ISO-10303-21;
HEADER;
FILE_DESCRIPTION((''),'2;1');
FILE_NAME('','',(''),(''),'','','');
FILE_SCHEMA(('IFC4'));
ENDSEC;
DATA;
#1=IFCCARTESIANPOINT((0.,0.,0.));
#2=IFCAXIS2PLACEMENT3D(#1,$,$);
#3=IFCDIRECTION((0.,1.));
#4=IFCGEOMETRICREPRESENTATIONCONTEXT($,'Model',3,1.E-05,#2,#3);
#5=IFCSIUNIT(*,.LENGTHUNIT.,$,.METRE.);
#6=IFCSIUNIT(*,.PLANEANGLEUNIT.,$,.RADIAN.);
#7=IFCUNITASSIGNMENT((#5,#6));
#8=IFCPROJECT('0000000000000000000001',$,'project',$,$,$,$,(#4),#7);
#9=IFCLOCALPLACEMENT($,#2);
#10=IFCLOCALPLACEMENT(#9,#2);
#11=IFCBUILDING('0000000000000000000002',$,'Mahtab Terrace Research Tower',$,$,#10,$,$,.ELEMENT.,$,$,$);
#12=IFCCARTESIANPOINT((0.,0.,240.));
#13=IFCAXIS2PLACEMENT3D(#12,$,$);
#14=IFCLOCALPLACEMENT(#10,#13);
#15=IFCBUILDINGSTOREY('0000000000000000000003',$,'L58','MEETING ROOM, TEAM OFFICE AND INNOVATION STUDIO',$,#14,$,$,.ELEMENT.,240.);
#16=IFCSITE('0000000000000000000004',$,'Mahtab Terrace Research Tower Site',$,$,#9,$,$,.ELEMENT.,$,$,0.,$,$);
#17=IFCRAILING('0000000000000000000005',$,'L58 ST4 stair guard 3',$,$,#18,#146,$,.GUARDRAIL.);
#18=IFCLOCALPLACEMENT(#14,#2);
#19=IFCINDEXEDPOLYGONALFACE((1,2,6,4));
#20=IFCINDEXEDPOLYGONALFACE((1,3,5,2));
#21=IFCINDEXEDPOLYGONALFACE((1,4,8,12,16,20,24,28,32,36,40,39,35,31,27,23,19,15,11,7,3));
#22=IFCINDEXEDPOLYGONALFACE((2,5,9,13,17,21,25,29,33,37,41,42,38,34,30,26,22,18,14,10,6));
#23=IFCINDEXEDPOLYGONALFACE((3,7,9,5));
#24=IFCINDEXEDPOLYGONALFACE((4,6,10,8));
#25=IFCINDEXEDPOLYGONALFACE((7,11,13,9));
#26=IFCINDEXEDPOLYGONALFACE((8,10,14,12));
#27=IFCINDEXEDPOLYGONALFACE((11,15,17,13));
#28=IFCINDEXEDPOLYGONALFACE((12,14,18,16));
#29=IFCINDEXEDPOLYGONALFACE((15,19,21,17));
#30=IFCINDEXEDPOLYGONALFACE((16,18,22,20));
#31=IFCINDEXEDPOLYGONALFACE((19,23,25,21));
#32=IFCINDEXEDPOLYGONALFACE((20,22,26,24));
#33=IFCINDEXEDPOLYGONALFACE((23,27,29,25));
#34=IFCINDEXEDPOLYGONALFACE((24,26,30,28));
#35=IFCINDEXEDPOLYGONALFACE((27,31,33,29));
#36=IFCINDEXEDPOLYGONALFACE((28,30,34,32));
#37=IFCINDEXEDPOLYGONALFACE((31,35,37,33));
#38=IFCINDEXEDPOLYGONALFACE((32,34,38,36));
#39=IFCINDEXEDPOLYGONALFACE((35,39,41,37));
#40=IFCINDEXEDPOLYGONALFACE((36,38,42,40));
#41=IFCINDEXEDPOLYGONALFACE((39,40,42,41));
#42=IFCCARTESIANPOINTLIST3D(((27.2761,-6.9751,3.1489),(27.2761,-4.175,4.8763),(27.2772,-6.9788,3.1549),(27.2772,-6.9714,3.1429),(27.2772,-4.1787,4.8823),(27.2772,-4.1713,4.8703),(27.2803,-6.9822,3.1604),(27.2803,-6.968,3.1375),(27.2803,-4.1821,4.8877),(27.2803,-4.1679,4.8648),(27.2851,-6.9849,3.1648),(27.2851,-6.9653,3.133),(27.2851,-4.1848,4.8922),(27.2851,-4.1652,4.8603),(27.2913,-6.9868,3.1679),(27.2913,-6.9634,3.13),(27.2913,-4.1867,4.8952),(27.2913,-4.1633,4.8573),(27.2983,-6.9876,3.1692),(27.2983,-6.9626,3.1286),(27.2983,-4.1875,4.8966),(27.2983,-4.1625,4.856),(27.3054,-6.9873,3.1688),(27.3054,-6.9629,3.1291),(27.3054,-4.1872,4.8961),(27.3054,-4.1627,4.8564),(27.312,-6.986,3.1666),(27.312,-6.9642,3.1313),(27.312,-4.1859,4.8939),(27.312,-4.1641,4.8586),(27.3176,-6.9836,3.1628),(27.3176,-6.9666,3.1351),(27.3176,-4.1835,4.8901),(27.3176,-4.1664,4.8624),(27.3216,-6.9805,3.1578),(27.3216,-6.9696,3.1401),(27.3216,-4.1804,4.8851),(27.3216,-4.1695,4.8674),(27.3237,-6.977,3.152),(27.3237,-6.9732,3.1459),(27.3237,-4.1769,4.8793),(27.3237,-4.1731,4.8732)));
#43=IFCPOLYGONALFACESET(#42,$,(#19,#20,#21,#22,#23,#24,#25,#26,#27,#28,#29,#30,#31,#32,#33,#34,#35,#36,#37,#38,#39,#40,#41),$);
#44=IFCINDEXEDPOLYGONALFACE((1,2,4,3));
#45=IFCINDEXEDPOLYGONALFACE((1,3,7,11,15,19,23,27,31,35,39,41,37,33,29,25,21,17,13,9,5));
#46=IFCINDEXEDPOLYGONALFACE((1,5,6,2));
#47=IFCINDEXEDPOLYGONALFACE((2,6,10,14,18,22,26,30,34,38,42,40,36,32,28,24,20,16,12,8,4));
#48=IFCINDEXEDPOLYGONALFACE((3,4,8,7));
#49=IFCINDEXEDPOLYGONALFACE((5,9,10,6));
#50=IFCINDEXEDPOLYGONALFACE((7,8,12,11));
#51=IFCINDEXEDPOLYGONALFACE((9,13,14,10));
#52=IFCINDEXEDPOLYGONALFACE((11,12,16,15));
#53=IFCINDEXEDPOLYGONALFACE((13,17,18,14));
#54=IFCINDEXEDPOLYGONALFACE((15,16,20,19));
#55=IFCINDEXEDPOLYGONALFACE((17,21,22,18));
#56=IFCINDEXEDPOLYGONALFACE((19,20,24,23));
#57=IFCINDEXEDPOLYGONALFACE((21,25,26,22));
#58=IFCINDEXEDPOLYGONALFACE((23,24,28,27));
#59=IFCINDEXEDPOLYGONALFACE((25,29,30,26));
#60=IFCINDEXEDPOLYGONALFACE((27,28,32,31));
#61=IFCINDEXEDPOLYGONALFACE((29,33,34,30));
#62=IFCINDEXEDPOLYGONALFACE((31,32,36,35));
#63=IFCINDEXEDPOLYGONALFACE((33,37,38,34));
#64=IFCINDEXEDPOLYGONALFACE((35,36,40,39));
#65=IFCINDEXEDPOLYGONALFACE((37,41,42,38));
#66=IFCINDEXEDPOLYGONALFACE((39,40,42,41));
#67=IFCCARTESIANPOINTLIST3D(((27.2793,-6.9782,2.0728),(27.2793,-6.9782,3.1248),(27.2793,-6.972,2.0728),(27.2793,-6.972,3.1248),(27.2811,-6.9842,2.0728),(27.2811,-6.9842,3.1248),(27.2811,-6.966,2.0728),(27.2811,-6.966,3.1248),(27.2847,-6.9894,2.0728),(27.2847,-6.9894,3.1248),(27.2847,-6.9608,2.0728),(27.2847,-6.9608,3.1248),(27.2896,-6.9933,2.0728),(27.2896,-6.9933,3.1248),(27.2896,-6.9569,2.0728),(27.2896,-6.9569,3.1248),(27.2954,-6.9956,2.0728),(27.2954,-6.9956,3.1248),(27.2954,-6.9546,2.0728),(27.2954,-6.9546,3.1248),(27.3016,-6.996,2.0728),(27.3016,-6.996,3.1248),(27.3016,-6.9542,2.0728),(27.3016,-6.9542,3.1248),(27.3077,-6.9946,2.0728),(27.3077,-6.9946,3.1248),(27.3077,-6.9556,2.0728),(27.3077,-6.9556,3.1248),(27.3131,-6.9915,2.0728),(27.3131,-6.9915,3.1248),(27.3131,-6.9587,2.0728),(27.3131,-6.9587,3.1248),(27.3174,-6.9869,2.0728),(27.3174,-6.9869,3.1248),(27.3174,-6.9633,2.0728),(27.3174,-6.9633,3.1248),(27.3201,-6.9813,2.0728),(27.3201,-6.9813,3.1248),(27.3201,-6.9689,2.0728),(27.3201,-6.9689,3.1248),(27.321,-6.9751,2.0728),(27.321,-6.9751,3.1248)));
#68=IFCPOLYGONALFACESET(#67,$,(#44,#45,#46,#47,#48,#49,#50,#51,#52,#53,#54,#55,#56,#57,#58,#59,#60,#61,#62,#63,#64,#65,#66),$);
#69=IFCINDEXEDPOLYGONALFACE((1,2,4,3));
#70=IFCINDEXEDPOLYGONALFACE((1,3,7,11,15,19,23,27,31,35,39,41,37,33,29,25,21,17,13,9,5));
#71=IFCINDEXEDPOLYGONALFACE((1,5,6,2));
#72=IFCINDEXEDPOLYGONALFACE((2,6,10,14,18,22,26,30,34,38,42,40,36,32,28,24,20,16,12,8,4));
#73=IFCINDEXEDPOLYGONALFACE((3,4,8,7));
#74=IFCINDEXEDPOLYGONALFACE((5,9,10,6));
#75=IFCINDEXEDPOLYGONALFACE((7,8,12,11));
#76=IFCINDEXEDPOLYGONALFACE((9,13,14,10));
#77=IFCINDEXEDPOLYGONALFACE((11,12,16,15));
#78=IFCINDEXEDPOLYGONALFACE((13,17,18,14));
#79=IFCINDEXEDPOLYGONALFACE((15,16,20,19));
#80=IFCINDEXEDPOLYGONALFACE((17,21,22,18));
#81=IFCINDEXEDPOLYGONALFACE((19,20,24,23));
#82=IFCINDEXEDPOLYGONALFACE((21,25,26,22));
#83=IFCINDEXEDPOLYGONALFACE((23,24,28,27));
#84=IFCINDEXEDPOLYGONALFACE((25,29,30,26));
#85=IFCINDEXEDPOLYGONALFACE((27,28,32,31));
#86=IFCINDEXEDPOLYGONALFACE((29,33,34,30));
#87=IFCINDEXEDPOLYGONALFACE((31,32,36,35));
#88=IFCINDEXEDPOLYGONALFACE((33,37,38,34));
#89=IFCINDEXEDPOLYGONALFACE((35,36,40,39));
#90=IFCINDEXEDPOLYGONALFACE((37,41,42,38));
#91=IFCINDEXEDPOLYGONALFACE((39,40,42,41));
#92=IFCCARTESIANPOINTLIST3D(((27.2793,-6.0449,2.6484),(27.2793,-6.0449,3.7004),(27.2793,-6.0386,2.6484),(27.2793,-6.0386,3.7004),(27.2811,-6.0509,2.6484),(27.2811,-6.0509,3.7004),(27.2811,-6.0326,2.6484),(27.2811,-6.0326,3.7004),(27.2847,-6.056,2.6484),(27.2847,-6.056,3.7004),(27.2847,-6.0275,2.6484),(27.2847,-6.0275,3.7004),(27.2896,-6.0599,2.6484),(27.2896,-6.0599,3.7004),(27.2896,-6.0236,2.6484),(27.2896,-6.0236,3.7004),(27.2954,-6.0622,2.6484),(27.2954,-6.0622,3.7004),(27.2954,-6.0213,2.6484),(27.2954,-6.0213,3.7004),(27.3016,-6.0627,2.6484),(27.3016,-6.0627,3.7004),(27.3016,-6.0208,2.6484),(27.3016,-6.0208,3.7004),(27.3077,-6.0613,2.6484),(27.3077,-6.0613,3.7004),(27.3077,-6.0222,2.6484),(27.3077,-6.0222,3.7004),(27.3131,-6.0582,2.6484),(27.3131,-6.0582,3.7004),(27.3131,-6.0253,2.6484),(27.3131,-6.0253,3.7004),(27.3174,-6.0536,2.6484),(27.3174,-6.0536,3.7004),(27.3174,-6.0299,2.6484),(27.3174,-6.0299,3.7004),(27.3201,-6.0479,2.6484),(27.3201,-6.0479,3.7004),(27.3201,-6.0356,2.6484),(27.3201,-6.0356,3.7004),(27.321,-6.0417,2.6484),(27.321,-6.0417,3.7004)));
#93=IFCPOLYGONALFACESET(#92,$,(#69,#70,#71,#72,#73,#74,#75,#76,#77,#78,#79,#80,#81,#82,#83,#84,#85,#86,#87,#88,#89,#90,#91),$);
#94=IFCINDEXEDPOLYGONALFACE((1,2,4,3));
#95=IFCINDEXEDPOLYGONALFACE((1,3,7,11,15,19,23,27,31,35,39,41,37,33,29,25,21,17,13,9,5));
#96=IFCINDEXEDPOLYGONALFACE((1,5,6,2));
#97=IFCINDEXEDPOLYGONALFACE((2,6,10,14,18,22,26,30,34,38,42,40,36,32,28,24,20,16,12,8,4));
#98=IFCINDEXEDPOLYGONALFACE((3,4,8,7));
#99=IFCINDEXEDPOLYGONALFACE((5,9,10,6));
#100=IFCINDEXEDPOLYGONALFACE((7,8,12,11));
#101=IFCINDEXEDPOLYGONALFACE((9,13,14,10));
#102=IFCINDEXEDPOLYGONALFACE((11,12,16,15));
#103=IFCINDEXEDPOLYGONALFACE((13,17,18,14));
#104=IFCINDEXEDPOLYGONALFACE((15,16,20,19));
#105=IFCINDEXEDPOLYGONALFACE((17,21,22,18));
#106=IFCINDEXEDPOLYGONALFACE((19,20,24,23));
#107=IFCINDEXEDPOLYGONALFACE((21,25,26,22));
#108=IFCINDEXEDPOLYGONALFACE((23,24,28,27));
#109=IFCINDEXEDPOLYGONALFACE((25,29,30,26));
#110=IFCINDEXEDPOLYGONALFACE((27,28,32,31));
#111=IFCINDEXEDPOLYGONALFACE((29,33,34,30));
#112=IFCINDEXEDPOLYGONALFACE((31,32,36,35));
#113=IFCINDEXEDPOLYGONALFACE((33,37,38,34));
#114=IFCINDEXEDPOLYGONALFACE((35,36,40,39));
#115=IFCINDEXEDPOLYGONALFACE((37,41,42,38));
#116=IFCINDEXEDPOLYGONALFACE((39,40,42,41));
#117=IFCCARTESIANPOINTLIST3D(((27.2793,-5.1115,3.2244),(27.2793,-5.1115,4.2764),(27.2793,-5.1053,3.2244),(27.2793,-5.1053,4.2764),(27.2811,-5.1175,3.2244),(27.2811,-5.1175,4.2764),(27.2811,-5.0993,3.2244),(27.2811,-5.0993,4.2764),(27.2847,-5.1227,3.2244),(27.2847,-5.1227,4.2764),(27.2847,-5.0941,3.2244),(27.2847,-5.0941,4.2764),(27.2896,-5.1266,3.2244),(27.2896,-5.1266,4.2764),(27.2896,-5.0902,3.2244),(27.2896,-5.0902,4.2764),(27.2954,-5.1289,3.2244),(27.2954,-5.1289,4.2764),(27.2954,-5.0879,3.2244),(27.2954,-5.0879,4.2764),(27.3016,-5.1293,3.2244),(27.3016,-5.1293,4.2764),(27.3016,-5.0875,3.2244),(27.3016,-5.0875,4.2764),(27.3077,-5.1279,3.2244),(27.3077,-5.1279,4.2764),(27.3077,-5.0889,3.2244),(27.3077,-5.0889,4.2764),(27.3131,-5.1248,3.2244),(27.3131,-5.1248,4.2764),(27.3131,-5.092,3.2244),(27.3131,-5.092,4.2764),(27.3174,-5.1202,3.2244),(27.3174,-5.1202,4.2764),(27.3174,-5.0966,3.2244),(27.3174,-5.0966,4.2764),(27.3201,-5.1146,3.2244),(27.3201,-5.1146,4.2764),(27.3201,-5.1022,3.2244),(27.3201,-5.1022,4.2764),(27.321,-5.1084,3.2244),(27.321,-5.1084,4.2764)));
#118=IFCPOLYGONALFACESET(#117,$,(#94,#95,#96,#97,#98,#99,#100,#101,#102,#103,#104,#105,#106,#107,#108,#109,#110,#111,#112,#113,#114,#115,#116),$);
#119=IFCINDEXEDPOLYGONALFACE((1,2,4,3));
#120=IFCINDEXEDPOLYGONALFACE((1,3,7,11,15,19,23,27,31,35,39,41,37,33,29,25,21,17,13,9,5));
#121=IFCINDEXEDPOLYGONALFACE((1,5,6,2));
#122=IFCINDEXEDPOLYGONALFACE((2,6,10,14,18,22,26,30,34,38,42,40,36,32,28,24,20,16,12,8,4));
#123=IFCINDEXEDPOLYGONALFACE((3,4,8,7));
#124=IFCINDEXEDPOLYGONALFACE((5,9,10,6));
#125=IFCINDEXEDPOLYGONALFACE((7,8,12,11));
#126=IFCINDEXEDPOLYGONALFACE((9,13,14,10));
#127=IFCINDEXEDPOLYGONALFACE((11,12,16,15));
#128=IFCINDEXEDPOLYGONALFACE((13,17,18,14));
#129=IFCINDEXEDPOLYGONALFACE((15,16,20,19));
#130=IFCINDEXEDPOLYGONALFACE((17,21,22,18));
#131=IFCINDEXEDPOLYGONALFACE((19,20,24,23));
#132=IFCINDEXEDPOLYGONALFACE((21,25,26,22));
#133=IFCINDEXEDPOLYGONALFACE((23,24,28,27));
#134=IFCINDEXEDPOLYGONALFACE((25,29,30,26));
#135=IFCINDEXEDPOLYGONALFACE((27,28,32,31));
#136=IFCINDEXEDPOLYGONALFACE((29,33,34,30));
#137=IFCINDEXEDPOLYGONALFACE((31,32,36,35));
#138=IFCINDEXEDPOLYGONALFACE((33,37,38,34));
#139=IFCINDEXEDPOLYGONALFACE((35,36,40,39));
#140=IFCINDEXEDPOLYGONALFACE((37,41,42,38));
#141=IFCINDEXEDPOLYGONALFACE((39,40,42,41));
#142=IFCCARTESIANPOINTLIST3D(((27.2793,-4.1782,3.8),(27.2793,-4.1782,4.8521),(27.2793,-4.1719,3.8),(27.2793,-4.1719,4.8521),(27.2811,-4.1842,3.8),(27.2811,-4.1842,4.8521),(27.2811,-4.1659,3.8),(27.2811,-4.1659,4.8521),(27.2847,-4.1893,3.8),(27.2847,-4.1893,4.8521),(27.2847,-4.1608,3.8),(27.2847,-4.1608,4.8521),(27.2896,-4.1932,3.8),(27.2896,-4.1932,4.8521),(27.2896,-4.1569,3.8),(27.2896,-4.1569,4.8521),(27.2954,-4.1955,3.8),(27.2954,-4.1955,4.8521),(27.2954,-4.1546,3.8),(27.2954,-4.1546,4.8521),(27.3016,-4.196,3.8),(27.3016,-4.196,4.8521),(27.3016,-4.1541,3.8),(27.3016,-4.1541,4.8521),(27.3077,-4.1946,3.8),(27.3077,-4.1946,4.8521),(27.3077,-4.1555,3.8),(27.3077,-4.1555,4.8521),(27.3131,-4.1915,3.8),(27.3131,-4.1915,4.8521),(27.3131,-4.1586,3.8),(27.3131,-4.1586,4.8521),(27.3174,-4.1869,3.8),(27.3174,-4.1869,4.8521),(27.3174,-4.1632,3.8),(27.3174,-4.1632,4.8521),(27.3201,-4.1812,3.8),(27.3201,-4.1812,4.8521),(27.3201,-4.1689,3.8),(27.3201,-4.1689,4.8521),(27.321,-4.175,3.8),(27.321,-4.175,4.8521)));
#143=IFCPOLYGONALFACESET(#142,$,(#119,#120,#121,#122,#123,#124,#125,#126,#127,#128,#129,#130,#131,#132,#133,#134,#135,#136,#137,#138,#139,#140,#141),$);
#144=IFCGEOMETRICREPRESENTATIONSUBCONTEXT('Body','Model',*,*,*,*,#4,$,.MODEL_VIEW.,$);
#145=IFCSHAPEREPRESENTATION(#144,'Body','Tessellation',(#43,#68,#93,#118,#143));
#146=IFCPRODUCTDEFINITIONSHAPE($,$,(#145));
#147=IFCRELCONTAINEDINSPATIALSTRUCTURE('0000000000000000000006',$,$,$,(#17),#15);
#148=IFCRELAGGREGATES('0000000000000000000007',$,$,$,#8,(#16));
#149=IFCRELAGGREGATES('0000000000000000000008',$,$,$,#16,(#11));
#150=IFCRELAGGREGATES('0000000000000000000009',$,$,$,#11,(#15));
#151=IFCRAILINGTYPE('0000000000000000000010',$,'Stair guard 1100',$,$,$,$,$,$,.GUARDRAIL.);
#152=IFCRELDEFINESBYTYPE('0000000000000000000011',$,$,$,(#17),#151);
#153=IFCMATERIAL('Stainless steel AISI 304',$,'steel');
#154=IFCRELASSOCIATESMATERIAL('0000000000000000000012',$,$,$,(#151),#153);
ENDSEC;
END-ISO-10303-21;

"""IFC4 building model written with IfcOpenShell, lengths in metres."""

from ifc_helpers import new_model, si_unit, direction, frame, origin, origin_2d, place, context, subcontext, project, spatial, circle, extrude, material, type_object, element, save


model = new_model("IFC4")

# Units and contexts
model_context = context("Model", 3, precision=1e-05, world=origin(), true_north=direction((0.0, 1.0)))
body_context = subcontext(model_context, "Body", "Model", "MODEL_VIEW")
ifc_project = project(units=[si_unit("LENGTHUNIT", "METRE"), si_unit("PLANEANGLEUNIT", "RADIAN")], contexts=[model_context])

# Site, building, storey
site_placement = place(None, origin())
site = spatial("IfcSite", under=ifc_project, at=site_placement, Name="Mahtab Terrace Research Tower Site", CompositionType="ELEMENT", RefElevation=0.0)
building_placement = place(site_placement, origin())
building = spatial("IfcBuilding", under=site, at=building_placement, Name="Mahtab Terrace Research Tower", CompositionType="ELEMENT")
storey_placement = place(building_placement, frame((0.0, 0.0, 240.0)))
storey = spatial("IfcBuildingStorey", under=building, at=storey_placement, Name="L58", Description="MEETING ROOM, TEAM OFFICE AND INNOVATION STUDIO", CompositionType="ELEMENT", Elevation=240.0)

# Shared definitions
ifc_material_1 = material(Name="Stainless steel AISI 304", Category="steel")

# Railing
railing_type = type_object("IfcRailingType", Name="Stair guard 1100", PredefinedType="GUARDRAIL", material=ifc_material_1)
railing_1_placement = place(storey_placement, frame((27.3, -6.9751, 2.0728)))
element("IfcRailing", 1, at=railing_1_placement, inside=storey, type_object=railing_type, Name="L58 ST4 stair guard 3", PredefinedType="GUARDRAIL", context=body_context, shape_type="SweptSolid", body=[
    extrude(circle(Radius=0.0239, at=origin_2d()), frame((0.0, 0.0, 1.0762), z_axis=(0.0, 0.85109, 0.52502), x_axis=(-1.0, 0.0, 0.0)), (0.0, 0.0, 1.0), 3.29),
    extrude(circle(Radius=0.021, at=origin_2d()), origin(), (0.0, 0.0, 1.0), 1.052),
    extrude(circle(Radius=0.021, at=origin_2d()), frame((0.0, 0.9333, 0.5757)), (0.0, 0.0, 1.0), 1.052),
    extrude(circle(Radius=0.021, at=origin_2d()), frame((0.0, 1.8667, 1.1516)), (0.0, 0.0, 1.0), 1.052),
    extrude(circle(Radius=0.021, at=origin_2d()), frame((0.0, 2.8, 1.7273)), (0.0, 0.0, 1.0), 1.052),
])

save(model, "model.ifc")
